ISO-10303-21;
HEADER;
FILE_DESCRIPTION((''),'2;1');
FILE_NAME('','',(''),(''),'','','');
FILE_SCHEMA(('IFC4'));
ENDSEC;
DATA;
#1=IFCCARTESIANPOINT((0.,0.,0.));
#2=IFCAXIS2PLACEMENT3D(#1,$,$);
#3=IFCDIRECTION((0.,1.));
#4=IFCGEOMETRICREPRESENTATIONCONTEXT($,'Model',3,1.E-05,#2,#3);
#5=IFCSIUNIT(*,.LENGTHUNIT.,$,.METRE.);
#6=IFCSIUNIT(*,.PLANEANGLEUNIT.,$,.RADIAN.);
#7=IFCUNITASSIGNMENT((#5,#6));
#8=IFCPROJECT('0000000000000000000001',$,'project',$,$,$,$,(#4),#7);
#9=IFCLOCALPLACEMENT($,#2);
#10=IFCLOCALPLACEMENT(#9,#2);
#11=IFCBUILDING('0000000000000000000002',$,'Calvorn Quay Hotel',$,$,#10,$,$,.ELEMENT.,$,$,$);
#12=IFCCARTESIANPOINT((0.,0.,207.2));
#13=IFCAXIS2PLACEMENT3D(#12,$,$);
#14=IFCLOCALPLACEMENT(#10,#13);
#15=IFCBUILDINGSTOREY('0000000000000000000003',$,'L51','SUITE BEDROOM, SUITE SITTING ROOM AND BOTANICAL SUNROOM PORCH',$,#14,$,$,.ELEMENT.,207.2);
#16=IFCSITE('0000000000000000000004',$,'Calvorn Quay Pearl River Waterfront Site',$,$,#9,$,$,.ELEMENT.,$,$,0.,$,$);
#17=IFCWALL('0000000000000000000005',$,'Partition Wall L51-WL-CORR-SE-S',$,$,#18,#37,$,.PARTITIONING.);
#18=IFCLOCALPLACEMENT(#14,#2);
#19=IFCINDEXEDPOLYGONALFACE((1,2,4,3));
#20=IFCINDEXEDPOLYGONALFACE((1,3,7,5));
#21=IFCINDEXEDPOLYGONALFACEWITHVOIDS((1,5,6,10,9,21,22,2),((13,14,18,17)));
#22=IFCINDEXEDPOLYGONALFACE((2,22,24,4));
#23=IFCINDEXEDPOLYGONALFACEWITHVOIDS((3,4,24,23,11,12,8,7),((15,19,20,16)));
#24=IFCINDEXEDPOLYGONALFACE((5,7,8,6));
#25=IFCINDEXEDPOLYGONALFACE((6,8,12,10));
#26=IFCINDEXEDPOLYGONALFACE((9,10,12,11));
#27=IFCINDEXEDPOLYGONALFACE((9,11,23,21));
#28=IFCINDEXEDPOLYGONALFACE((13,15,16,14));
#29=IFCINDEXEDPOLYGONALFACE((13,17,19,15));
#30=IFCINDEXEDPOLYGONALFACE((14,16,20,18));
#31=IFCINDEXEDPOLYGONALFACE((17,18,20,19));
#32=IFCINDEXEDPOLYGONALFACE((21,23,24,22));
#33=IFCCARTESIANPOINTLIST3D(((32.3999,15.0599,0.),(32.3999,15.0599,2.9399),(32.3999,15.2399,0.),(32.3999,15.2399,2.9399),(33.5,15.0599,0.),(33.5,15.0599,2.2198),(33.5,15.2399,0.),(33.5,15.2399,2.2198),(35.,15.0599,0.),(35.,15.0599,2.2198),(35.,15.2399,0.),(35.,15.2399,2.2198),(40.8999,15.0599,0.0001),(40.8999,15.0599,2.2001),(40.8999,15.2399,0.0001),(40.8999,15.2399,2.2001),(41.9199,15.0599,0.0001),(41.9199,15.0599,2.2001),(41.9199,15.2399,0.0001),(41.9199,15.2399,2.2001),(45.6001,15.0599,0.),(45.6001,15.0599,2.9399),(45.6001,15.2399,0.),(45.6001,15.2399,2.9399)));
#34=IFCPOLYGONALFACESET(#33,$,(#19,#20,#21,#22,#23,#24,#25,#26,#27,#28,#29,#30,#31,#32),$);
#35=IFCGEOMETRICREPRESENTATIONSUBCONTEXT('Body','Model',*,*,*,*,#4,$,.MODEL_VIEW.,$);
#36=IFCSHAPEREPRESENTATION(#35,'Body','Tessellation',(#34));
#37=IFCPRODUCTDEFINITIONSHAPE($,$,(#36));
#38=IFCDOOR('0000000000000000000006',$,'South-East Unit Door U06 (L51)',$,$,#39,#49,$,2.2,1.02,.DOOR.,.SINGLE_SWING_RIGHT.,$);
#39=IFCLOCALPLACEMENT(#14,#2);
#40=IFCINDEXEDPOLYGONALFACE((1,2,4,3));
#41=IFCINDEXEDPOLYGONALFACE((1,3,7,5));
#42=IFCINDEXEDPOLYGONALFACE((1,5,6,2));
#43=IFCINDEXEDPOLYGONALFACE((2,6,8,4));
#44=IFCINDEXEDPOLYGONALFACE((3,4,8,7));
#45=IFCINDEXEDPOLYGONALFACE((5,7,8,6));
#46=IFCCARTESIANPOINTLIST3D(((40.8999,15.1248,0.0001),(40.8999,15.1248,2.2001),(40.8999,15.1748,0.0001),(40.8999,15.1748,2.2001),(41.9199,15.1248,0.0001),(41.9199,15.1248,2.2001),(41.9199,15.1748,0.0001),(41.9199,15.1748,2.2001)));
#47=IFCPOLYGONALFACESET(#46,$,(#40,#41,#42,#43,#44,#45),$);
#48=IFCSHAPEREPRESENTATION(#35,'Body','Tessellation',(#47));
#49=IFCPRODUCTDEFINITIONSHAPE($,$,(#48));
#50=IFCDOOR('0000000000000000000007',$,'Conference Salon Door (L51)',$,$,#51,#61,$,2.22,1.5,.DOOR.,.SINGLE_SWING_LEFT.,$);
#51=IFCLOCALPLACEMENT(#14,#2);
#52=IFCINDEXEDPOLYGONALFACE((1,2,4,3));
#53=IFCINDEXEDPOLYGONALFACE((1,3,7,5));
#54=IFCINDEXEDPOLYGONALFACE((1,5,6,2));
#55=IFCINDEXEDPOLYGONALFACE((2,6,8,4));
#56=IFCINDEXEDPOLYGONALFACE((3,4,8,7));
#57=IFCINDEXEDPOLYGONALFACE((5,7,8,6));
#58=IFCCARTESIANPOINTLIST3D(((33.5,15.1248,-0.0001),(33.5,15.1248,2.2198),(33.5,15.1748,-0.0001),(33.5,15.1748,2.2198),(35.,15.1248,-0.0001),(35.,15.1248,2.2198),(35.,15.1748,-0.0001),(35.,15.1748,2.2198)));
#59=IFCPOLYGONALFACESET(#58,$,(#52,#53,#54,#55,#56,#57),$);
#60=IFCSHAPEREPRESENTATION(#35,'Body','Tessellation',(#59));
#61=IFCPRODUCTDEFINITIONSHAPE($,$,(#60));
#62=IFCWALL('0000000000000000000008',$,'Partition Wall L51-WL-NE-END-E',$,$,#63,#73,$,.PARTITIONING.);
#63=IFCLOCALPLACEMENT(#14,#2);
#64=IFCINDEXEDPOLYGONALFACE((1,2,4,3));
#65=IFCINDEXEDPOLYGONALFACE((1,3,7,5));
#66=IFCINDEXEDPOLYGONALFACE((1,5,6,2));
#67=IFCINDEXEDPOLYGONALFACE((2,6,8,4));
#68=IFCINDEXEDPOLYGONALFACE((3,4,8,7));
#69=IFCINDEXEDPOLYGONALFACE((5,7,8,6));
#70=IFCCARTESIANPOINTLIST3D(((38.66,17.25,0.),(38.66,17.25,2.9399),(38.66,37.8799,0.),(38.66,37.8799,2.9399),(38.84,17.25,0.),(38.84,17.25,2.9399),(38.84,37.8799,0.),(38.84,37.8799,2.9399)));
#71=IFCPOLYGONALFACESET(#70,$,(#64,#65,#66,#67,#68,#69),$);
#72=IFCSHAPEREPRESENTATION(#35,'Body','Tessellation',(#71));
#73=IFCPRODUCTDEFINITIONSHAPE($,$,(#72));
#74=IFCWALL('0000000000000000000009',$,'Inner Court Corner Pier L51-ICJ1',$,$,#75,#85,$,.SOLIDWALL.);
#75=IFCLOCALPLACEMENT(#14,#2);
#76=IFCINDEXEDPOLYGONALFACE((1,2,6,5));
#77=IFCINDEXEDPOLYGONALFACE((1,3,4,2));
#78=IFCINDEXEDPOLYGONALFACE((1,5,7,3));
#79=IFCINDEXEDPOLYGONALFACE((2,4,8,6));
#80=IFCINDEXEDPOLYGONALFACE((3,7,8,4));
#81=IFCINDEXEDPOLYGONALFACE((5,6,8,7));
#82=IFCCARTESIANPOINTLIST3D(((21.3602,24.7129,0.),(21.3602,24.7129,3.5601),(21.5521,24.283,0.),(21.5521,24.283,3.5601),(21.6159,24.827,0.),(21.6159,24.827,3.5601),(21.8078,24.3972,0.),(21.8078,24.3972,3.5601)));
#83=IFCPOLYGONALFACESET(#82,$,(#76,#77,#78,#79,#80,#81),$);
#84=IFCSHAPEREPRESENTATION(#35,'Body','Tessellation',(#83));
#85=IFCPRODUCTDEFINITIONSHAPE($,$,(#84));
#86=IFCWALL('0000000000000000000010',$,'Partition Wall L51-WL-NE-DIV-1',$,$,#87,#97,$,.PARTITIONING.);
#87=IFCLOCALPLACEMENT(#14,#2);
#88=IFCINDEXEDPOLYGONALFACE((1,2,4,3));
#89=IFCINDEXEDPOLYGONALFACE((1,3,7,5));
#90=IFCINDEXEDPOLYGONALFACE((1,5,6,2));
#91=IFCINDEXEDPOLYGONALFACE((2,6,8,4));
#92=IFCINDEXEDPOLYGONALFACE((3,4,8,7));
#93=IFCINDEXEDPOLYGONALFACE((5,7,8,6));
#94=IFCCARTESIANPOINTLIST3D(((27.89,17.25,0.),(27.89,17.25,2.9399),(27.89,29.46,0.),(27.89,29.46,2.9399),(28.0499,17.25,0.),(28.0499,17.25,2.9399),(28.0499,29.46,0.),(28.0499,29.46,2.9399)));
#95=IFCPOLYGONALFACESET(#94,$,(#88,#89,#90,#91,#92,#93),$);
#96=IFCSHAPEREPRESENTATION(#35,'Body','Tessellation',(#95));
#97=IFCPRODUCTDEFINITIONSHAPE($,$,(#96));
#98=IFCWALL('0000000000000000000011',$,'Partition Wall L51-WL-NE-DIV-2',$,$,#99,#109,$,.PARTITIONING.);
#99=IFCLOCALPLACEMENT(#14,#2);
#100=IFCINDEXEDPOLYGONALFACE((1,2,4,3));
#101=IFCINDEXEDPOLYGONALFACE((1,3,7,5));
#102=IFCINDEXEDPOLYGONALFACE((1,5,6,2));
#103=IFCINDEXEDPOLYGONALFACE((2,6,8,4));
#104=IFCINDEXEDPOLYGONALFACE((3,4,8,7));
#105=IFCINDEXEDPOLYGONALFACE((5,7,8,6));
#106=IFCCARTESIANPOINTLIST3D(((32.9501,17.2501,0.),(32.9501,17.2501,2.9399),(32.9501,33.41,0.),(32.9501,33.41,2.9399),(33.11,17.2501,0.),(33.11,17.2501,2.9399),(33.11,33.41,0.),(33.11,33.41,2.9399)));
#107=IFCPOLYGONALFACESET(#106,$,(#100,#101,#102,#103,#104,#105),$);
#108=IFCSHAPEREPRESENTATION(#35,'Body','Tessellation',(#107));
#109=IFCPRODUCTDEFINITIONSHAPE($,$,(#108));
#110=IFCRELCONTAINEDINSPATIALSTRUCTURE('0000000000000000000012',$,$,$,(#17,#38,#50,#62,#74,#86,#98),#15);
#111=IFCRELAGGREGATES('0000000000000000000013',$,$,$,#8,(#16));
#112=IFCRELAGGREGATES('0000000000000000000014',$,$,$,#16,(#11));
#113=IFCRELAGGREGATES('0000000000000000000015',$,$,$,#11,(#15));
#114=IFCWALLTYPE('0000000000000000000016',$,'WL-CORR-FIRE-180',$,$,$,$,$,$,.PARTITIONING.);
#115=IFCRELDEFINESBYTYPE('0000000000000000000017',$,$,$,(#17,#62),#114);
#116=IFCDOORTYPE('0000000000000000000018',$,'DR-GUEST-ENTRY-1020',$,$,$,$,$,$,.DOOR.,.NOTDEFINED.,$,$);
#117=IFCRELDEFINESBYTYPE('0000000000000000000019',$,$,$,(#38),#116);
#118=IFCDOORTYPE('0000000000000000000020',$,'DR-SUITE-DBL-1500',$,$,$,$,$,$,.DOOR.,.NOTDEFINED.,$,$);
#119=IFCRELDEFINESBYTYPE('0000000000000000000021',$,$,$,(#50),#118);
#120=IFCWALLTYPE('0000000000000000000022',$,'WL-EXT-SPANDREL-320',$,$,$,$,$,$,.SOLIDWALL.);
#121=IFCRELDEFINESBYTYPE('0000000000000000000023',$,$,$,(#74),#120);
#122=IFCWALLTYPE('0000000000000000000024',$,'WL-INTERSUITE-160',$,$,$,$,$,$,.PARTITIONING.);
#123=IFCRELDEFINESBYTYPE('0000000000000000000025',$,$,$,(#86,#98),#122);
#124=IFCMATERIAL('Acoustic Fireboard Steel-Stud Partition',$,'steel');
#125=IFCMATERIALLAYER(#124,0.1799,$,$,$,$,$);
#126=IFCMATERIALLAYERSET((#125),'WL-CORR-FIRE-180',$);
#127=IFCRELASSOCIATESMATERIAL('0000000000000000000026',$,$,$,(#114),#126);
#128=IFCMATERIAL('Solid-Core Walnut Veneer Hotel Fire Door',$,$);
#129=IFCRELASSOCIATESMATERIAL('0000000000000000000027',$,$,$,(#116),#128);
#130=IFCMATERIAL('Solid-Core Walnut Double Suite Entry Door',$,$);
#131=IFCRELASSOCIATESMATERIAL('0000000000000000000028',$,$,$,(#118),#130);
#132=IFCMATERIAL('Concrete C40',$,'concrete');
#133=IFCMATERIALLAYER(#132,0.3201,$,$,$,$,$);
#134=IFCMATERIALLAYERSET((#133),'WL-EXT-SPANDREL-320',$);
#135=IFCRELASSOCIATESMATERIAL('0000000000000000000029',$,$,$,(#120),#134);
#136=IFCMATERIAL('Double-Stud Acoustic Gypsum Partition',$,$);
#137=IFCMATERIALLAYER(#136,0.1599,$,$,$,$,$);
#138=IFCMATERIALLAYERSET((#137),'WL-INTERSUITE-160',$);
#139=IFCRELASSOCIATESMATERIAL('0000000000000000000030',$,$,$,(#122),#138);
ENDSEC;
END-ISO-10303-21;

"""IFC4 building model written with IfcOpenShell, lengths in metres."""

from ifc_helpers import new_model, si_unit, direction, frame, frame_2d, origin, place, context, subcontext, project, spatial, rectangle, extrude, material, layer, layer_set, type_object, element, fill, save


model = new_model("IFC4")

# Units and contexts
model_context = context("Model", 3, precision=1e-05, world=origin(), true_north=direction((0.0, 1.0)))
body_context = subcontext(model_context, "Body", "Model", "MODEL_VIEW")
ifc_project = project(units=[si_unit("LENGTHUNIT", "METRE"), si_unit("PLANEANGLEUNIT", "RADIAN")], contexts=[model_context])

# Site, building, storey
site_placement = place(None, origin())
site = spatial("IfcSite", under=ifc_project, at=site_placement, Name="Calvorn Quay Pearl River Waterfront Site", CompositionType="ELEMENT", RefElevation=0.0)
building_placement = place(site_placement, origin())
building = spatial("IfcBuilding", under=site, at=building_placement, Name="Calvorn Quay Hotel", CompositionType="ELEMENT")
storey_placement = place(building_placement, frame((0.0, 0.0, 207.2)))
storey = spatial("IfcBuildingStorey", under=building, at=storey_placement, Name="L51", Description="SUITE BEDROOM, SUITE SITTING ROOM AND BOTANICAL SUNROOM PORCH", CompositionType="ELEMENT", Elevation=207.2)

# Wall, openings, doors
ifc_material_1 = material(Name="Acoustic Fireboard Steel-Stud Partition", Category="steel")
ifc_layer_1 = layer(ifc_material_1, 0.1799)
ifc_layer_set_1 = layer_set([ifc_layer_1], Name="WL-CORR-FIRE-180")
wall_type_1 = type_object("IfcWallType", Name="WL-CORR-FIRE-180", PredefinedType="PARTITIONING", material=ifc_layer_set_1)
wall_1_placement = place(storey_placement, frame((32.3999, 15.1499, 0.0), z_axis=(0.0, 0.0, 1.0), x_axis=(1.0, 0.0, 0.0)))
wall_1 = element("IfcWall", 1, at=wall_1_placement, inside=storey, type_object=wall_type_1, Name="Partition Wall L51-WL-CORR-SE-S", PredefinedType="PARTITIONING", context=body_context, shape_type="SweptSolid", body=[
    extrude(rectangle(XDim=13.2002, YDim=0.1799, at=frame_2d((6.6001, 0.0))), origin(), (0.0, 0.0, 1.0), 2.9399),
])
opening_1_placement = place(wall_1_placement, frame((1.1001, 0.0, 0.0)))
opening_1 = element("IfcOpeningElement", 2, at=opening_1_placement, cuts=wall_1, PredefinedType="OPENING", context=body_context, shape_type="SweptSolid", body=[
    extrude(rectangle(XDim=1.5, YDim=2.22, at=frame_2d((0.75, 1.1099))), frame((0.0, 0.0999, 0.0), z_axis=(0.0, -1.0, 0.0), x_axis=(1.0, 0.0, 0.0)), (0.0, 0.0, 1.0), 0.2),
])
opening_2_placement = place(wall_1_placement, frame((8.5, 0.0, 0.0)))
opening_2 = element("IfcOpeningElement", 3, at=opening_2_placement, cuts=wall_1, PredefinedType="OPENING", context=body_context, shape_type="SweptSolid", body=[
    extrude(rectangle(XDim=1.02, YDim=2.2, at=frame_2d((0.51, 1.1001))), frame((0.0, 0.0999, 0.0), z_axis=(0.0, -1.0, 0.0), x_axis=(1.0, 0.0, 0.0)), (0.0, 0.0, 1.0), 0.2),
])
ifc_material_2 = material(Name="Solid-Core Walnut Veneer Hotel Fire Door")
door_type_1 = type_object("IfcDoorType", Name="DR-GUEST-ENTRY-1020", OperationType="NOTDEFINED", PredefinedType="DOOR", material=ifc_material_2)
door_1_placement = place(opening_2_placement, origin())
door_1 = element("IfcDoor", 4, at=door_1_placement, inside=storey, type_object=door_type_1, Name="South-East Unit Door U06 (L51)", OperationType="SINGLE_SWING_RIGHT", OverallHeight=2.2, OverallWidth=1.02, PredefinedType="DOOR", context=body_context, shape_type="SweptSolid", body=[
    extrude(rectangle(XDim=1.02, YDim=2.2, at=frame_2d((0.51, 1.1001))), frame((0.0, 0.0249, 0.0), z_axis=(0.0, -1.0, 0.0), x_axis=(1.0, 0.0, 0.0)), (0.0, 0.0, 1.0), 0.05),
])
fill(opening_2, door_1)
ifc_material_3 = material(Name="Solid-Core Walnut Double Suite Entry Door")
door_type_2 = type_object("IfcDoorType", Name="DR-SUITE-DBL-1500", OperationType="NOTDEFINED", PredefinedType="DOOR", material=ifc_material_3)
door_2_placement = place(opening_1_placement, origin())
door_2 = element("IfcDoor", 5, at=door_2_placement, inside=storey, type_object=door_type_2, Name="Conference Salon Door (L51)", OperationType="SINGLE_SWING_LEFT", OverallHeight=2.22, OverallWidth=1.5, PredefinedType="DOOR", context=body_context, shape_type="SweptSolid", body=[
    extrude(rectangle(XDim=1.5, YDim=2.22, at=frame_2d((0.75, 1.1099))), frame((0.0, 0.0249, 0.0), z_axis=(0.0, -1.0, 0.0), x_axis=(1.0, 0.0, 0.0)), (0.0, 0.0, 1.0), 0.05),
])
fill(opening_1, door_2)

# Walls
wall_2_placement = place(storey_placement, frame((38.75, 17.25, 0.0), z_axis=(0.0, 0.0, 1.0), x_axis=(0.0, 1.0, 0.0)))
element("IfcWall", 6, at=wall_2_placement, inside=storey, type_object=wall_type_1, Name="Partition Wall L51-WL-NE-END-E", PredefinedType="PARTITIONING", context=body_context, shape_type="SweptSolid", body=[
    extrude(rectangle(XDim=20.6299, YDim=0.1799, at=frame_2d((10.3149, 0.0))), origin(), (0.0, 0.0, 1.0), 2.9399),
])
ifc_material_4 = material(Name="Concrete C40", Category="concrete")
ifc_layer_2 = layer(ifc_material_4, 0.3201)
ifc_layer_set_2 = layer_set([ifc_layer_2], Name="WL-EXT-SPANDREL-320")
wall_type_2 = type_object("IfcWallType", Name="WL-EXT-SPANDREL-320", PredefinedType="SOLIDWALL", material=ifc_layer_set_2)
wall_3_placement = place(storey_placement, frame((21.6799, 24.3401, 0.0), z_axis=(0.0, 0.0, 1.0), x_axis=(-0.407581, 0.913169, 0.0)))
element("IfcWall", 7, at=wall_3_placement, inside=storey, type_object=wall_type_2, Name="Inner Court Corner Pier L51-ICJ1", PredefinedType="SOLIDWALL", context=body_context, shape_type="SweptSolid", body=[
    extrude(rectangle(XDim=0.4707, YDim=0.28, at=frame_2d((0.2354, 0.0))), origin(), (0.0, 0.0, 1.0), 3.5601),
])
ifc_material_5 = material(Name="Double-Stud Acoustic Gypsum Partition")
ifc_layer_3 = layer(ifc_material_5, 0.1599)
ifc_layer_set_3 = layer_set([ifc_layer_3], Name="WL-INTERSUITE-160")
wall_type_3 = type_object("IfcWallType", Name="WL-INTERSUITE-160", PredefinedType="PARTITIONING", material=ifc_layer_set_3)
wall_4_placement = place(storey_placement, frame((27.97, 17.25, 0.0), z_axis=(0.0, 0.0, 1.0), x_axis=(0.0, 1.0, 0.0)))
element("IfcWall", 8, at=wall_4_placement, inside=storey, type_object=wall_type_3, Name="Partition Wall L51-WL-NE-DIV-1", PredefinedType="PARTITIONING", context=body_context, shape_type="SweptSolid", body=[
    extrude(rectangle(XDim=12.21, YDim=0.1599, at=frame_2d((6.105, 0.0))), origin(), (0.0, 0.0, 1.0), 2.9399),
])
wall_5_placement = place(storey_placement, frame((33.03, 17.25, 0.0), z_axis=(0.0, 0.0, 1.0), x_axis=(0.0, 1.0, 0.0)))
element("IfcWall", 9, at=wall_5_placement, inside=storey, type_object=wall_type_3, Name="Partition Wall L51-WL-NE-DIV-2", PredefinedType="PARTITIONING", context=body_context, shape_type="SweptSolid", body=[
    extrude(rectangle(XDim=16.1599, YDim=0.1599, at=frame_2d((8.0801, 0.0))), origin(), (0.0, 0.0, 1.0), 2.9399),
])

save(model, "model.ifc")
